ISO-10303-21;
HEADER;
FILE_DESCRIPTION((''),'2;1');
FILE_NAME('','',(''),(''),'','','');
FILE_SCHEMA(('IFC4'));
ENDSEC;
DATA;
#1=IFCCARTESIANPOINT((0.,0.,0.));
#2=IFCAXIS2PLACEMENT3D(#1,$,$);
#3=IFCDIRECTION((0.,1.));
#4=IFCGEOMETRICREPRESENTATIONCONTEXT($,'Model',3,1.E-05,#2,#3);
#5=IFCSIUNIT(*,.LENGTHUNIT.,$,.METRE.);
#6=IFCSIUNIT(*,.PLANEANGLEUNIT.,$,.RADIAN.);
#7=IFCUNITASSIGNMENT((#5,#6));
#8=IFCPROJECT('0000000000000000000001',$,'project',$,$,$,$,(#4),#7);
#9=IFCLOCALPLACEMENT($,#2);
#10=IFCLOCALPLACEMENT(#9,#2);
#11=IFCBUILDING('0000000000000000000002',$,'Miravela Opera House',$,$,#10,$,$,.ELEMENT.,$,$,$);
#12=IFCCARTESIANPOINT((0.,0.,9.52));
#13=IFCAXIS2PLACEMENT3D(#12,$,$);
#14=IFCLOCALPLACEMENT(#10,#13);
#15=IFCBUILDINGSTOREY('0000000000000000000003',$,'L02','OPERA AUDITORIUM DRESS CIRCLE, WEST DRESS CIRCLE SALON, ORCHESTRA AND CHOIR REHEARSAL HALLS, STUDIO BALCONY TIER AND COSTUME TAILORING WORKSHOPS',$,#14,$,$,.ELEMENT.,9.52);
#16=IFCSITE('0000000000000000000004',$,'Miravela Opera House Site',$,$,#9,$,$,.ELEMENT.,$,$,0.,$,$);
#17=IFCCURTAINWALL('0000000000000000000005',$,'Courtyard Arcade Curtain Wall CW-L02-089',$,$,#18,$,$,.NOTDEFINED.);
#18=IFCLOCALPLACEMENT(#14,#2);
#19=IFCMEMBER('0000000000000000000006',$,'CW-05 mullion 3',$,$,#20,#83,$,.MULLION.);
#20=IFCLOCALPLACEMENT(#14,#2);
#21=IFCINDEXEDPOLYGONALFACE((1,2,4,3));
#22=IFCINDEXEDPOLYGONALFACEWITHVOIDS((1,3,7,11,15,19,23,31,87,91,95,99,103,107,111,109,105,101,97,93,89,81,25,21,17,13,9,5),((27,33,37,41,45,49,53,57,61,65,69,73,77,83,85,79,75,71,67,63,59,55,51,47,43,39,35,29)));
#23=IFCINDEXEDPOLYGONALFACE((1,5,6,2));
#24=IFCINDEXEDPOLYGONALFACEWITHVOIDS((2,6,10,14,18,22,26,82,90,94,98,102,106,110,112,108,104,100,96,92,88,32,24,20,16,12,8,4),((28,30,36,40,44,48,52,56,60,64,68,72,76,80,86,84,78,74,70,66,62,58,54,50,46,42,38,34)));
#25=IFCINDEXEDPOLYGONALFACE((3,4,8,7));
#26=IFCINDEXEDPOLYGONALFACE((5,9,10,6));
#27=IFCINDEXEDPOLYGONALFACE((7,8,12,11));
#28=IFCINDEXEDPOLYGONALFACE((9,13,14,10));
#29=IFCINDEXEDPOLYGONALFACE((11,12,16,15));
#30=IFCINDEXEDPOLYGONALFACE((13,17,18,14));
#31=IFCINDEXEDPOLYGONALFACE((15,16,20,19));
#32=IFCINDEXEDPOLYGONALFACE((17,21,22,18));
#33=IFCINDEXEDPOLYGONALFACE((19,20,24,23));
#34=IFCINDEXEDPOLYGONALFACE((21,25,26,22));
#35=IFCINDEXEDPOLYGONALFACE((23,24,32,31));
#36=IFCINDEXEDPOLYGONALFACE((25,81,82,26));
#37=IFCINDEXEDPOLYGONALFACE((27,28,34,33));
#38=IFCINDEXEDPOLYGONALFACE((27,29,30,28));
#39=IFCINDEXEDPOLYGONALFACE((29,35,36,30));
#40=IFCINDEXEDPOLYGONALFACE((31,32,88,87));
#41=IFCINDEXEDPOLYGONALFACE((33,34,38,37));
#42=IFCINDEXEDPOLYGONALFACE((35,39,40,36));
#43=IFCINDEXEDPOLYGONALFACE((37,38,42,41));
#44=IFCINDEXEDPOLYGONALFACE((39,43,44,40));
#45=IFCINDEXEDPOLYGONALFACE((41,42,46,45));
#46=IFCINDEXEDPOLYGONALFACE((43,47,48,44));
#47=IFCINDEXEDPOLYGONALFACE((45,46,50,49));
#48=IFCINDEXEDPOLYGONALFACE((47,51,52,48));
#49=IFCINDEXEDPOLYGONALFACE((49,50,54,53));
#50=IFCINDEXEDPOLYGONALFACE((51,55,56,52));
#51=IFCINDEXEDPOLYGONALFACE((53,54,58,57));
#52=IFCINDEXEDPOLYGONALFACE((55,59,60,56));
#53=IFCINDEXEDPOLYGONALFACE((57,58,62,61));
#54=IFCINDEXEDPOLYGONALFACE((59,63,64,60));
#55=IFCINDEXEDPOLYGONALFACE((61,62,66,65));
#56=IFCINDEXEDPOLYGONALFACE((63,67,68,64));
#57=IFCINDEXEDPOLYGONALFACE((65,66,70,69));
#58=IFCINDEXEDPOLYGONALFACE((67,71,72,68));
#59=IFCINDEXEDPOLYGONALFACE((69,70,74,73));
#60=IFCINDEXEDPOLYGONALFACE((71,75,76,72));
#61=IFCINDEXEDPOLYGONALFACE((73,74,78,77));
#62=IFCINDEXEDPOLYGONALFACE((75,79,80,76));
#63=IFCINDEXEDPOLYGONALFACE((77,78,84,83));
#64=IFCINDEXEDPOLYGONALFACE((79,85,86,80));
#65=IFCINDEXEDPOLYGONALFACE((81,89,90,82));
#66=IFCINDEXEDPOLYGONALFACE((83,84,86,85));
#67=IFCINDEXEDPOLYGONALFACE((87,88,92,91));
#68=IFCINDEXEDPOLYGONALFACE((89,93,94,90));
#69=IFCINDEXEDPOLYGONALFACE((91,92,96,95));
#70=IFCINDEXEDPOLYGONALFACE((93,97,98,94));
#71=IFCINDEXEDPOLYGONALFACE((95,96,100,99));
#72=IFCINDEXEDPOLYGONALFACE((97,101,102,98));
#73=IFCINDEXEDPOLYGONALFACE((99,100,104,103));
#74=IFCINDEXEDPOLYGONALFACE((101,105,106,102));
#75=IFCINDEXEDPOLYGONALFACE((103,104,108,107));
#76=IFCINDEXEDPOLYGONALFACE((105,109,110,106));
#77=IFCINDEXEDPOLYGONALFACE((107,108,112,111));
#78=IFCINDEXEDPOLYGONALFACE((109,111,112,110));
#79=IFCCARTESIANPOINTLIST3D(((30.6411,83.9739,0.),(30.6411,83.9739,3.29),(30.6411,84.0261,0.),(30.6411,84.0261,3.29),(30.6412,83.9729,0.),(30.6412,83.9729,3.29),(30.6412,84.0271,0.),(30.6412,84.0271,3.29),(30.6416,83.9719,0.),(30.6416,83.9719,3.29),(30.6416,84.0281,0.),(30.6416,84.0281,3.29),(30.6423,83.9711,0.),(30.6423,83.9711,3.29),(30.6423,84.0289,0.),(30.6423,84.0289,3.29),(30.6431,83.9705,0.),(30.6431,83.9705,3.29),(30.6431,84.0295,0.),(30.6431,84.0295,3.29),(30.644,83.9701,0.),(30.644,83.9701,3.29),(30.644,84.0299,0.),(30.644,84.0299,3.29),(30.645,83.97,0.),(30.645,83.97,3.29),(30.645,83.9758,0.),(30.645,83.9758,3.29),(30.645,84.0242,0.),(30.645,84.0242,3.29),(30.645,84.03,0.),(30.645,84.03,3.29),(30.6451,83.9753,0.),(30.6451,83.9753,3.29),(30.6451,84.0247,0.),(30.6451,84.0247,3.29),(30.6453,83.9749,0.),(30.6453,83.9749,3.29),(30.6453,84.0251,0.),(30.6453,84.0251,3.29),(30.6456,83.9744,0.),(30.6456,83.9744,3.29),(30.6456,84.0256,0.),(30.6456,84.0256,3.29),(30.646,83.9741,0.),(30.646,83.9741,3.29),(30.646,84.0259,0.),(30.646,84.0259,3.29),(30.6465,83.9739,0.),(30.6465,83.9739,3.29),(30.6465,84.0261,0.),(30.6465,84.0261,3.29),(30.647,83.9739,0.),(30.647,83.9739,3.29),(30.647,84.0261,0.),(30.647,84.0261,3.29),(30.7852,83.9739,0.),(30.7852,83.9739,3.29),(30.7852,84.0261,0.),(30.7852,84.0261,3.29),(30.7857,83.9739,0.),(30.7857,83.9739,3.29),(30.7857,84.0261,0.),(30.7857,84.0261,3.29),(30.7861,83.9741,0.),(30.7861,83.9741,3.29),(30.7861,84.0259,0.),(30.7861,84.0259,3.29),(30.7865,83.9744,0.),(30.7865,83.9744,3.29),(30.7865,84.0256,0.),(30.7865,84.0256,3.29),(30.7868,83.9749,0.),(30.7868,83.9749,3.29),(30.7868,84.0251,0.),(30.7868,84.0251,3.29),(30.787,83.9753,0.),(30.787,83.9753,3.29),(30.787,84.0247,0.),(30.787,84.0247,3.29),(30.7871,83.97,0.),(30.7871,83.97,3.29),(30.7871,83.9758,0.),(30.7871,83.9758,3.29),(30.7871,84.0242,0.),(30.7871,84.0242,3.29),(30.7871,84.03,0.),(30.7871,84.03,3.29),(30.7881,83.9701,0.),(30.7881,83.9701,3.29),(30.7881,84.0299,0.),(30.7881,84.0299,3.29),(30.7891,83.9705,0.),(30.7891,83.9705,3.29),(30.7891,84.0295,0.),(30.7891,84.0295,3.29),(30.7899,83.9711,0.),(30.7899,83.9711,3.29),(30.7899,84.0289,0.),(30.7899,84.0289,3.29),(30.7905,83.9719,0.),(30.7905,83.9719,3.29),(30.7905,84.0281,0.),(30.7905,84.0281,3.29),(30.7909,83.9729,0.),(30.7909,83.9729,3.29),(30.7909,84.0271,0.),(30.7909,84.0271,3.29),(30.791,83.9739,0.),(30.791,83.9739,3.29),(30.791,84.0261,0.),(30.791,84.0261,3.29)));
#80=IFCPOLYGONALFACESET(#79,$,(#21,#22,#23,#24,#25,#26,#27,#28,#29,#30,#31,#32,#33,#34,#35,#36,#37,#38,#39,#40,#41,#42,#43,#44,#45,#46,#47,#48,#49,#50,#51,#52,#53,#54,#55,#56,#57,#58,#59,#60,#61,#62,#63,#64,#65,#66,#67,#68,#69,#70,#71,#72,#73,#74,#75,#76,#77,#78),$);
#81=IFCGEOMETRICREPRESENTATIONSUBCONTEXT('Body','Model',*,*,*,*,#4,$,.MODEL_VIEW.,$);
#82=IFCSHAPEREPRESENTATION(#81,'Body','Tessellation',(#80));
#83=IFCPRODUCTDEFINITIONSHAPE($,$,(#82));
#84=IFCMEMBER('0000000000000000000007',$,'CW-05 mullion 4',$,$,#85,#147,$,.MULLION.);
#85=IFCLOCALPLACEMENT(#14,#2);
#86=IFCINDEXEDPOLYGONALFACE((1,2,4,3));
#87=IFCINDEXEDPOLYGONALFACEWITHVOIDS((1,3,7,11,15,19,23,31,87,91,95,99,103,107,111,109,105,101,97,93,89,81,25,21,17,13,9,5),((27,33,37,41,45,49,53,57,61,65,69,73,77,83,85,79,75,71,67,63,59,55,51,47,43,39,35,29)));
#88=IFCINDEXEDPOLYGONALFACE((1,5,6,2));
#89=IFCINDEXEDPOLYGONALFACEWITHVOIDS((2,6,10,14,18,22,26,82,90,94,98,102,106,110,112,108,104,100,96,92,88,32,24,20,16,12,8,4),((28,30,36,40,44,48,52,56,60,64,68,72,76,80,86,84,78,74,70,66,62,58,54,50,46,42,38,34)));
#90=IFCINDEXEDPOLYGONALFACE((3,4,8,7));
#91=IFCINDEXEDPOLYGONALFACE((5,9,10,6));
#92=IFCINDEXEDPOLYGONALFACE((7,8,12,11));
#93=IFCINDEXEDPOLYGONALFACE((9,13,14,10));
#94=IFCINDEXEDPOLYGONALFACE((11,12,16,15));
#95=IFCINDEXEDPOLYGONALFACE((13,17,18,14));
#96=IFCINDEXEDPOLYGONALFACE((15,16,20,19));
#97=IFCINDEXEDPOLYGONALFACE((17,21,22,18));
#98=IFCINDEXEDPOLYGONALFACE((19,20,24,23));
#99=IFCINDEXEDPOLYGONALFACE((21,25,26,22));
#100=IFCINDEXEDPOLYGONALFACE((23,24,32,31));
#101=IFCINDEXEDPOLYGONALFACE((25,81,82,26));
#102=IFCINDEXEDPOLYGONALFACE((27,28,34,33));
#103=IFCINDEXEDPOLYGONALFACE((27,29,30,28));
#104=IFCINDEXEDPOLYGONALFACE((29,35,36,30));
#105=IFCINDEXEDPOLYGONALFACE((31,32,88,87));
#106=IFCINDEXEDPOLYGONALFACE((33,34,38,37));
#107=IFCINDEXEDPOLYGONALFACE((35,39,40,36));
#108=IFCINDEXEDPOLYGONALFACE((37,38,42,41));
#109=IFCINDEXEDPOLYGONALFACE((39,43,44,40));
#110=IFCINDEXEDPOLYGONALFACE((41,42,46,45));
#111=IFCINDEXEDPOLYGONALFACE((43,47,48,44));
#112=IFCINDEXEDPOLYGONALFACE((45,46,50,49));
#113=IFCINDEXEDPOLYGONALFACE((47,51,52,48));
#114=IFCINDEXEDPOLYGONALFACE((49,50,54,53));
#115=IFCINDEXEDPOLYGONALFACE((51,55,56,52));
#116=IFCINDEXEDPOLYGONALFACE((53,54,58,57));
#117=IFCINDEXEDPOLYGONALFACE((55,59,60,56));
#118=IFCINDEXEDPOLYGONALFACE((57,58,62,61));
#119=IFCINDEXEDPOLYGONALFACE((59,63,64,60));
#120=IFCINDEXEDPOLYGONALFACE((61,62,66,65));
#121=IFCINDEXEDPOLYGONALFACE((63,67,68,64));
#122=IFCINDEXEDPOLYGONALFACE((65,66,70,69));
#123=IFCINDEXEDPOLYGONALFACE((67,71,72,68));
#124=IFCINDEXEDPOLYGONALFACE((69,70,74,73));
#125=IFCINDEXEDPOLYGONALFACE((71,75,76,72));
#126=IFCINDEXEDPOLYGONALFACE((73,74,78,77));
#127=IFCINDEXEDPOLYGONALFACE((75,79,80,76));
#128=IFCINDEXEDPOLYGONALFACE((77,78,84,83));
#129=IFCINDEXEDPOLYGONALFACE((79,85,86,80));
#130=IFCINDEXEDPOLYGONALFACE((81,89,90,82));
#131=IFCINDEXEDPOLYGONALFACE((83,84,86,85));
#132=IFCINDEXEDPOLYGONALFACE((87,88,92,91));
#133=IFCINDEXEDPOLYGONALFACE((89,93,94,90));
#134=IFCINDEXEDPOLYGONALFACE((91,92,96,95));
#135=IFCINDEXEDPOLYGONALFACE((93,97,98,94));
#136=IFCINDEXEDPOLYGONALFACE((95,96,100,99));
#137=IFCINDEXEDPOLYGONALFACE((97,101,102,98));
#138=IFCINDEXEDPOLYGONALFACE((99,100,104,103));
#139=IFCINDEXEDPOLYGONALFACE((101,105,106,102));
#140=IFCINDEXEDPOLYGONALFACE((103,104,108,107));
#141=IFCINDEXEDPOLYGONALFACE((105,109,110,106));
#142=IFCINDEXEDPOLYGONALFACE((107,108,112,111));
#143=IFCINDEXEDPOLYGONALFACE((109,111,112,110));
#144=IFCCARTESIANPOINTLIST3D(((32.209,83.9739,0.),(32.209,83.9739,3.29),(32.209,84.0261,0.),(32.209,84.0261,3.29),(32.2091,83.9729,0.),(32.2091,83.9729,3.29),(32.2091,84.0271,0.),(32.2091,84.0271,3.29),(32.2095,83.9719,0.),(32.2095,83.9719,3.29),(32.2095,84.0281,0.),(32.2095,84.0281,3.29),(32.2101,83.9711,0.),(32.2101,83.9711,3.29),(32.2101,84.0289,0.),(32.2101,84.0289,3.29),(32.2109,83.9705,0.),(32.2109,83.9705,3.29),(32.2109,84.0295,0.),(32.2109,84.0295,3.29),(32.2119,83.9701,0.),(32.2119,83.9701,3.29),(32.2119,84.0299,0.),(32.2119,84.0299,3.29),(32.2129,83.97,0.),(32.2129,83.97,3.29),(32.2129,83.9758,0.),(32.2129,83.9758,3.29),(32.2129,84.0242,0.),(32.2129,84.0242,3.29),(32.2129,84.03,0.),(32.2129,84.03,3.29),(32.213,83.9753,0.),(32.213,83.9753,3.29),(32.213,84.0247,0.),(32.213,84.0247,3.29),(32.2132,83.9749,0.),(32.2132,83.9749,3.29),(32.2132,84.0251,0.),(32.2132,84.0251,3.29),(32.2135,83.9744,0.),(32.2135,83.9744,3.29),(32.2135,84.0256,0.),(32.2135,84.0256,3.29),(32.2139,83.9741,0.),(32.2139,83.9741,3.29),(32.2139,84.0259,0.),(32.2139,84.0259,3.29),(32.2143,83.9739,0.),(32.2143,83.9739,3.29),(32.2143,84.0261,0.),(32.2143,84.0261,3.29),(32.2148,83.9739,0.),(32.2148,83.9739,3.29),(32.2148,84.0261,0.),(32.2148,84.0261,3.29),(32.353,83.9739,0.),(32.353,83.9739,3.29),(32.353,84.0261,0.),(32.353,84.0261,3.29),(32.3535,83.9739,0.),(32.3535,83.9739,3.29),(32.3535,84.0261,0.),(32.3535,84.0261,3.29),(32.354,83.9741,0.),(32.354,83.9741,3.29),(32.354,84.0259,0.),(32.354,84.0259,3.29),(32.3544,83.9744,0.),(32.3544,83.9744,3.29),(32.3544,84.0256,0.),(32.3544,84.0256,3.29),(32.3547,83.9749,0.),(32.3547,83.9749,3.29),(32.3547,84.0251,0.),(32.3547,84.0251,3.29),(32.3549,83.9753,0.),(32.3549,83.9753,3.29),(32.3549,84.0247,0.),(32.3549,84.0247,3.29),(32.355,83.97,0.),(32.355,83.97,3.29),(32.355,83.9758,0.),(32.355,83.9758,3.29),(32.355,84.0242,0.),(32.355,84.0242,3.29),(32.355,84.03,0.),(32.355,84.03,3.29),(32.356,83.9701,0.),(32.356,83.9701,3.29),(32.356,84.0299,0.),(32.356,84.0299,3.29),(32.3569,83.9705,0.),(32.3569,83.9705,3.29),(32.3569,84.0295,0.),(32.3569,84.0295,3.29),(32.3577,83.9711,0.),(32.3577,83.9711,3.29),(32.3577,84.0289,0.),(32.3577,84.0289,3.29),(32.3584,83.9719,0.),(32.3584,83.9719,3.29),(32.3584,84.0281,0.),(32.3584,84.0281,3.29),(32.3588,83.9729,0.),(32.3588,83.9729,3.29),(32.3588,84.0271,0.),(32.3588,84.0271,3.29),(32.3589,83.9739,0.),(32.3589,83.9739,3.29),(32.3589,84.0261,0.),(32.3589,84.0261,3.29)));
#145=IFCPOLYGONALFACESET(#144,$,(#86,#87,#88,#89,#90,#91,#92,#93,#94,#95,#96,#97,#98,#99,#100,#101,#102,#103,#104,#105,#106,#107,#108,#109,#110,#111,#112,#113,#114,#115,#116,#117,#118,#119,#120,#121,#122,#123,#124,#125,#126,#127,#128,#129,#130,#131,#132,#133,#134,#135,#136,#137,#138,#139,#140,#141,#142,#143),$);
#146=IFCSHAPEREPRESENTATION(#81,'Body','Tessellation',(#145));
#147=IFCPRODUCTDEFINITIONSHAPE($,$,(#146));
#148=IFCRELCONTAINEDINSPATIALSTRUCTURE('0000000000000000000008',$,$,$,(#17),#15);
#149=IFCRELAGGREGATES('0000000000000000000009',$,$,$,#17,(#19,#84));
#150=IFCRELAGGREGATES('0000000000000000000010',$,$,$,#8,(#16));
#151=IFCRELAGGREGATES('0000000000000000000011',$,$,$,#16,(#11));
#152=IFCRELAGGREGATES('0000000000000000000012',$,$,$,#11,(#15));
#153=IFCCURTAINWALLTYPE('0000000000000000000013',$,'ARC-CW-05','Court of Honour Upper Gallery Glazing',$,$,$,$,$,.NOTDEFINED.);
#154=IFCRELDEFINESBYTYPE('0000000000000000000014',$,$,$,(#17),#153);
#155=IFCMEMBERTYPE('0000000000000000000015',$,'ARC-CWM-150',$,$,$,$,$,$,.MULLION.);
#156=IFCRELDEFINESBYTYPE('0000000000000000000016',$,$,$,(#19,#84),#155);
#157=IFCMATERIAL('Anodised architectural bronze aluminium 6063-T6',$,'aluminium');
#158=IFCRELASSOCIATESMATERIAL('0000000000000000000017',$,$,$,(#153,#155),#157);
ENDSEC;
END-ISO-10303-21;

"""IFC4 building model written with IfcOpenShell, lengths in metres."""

from ifc_helpers import new_model, si_unit, direction, frame, origin, origin_2d, place, context, subcontext, project, spatial, hollow_rectangle, extrude, material, material_profile, profile_set, type_object, element, aggregate, save


model = new_model("IFC4")

# Units and contexts
model_context = context("Model", 3, precision=1e-05, world=origin(), true_north=direction((0.0, 1.0)))
body_context = subcontext(model_context, "Body", "Model", "MODEL_VIEW")
ifc_project = project(units=[si_unit("LENGTHUNIT", "METRE"), si_unit("PLANEANGLEUNIT", "RADIAN")], contexts=[model_context])

# Site, building, storey
site_placement = place(None, origin())
site = spatial("IfcSite", under=ifc_project, at=site_placement, Name="Miravela Opera House Site", CompositionType="ELEMENT", RefElevation=0.0)
building_placement = place(site_placement, origin())
building = spatial("IfcBuilding", under=site, at=building_placement, Name="Miravela Opera House", CompositionType="ELEMENT")
storey_placement = place(building_placement, frame((0.0, 0.0, 9.52)))
storey = spatial("IfcBuildingStorey", under=building, at=storey_placement, Name="L02", Description="OPERA AUDITORIUM DRESS CIRCLE, WEST DRESS CIRCLE SALON, ORCHESTRA AND CHOIR REHEARSAL HALLS, STUDIO BALCONY TIER AND COSTUME TAILORING WORKSHOPS", CompositionType="ELEMENT", Elevation=9.52)

# Curtain wall, members
ifc_material_1 = material(Name="Anodised architectural bronze aluminium 6063-T6", Category="aluminium")
curtain_wall_type = type_object("IfcCurtainWallType", Name="ARC-CW-05", Description="Court of Honour Upper Gallery Glazing", PredefinedType="NOTDEFINED", material=ifc_material_1)
curtain_wall_placement = place(storey_placement, origin())
curtain_wall = element("IfcCurtainWall", 1, at=curtain_wall_placement, inside=storey, type_object=curtain_wall_type, Name="Courtyard Arcade Curtain Wall CW-L02-089", PredefinedType="NOTDEFINED")
ifc_material_profile_1 = material_profile(ifc_material_1, hollow_rectangle(XDim=0.0601, YDim=0.1499, WallThickness=0.0039, InnerFilletRadius=0.002, OuterFilletRadius=0.0039, at=origin_2d()), Name="CWM-60X150")
ifc_profile_set_1 = profile_set([ifc_material_profile_1])
member_type_1 = type_object("IfcMemberType", Name="ARC-CWM-150", PredefinedType="MULLION", material=ifc_profile_set_1)
member_1_placement = place(storey_placement, frame((30.7161, 84.0, 0.0), z_axis=(0.0, 0.0, 1.0), x_axis=(0.0, 1.0, 0.0)))
member_1 = element("IfcMember", 2, at=member_1_placement, type_object=member_type_1, Name="CW-05 mullion 3", PredefinedType="MULLION", context=body_context, shape_type="SweptSolid", body=[
    extrude(hollow_rectangle(XDim=0.0601, YDim=0.1499, WallThickness=0.0039, InnerFilletRadius=0.002, OuterFilletRadius=0.0039, at=origin_2d()), origin(), (0.0, 0.0, 1.0), 3.29),
])
member_2_placement = place(storey_placement, frame((32.2839, 84.0, 0.0), z_axis=(0.0, 0.0, 1.0), x_axis=(0.0, 1.0, 0.0)))
member_2 = element("IfcMember", 3, at=member_2_placement, type_object=member_type_1, Name="CW-05 mullion 4", PredefinedType="MULLION", context=body_context, shape_type="SweptSolid", body=[
    extrude(hollow_rectangle(XDim=0.0601, YDim=0.1499, WallThickness=0.0039, InnerFilletRadius=0.002, OuterFilletRadius=0.0039, at=origin_2d()), origin(), (0.0, 0.0, 1.0), 3.29),
])
aggregate(curtain_wall, [member_1, member_2])

save(model, "model.ifc")
